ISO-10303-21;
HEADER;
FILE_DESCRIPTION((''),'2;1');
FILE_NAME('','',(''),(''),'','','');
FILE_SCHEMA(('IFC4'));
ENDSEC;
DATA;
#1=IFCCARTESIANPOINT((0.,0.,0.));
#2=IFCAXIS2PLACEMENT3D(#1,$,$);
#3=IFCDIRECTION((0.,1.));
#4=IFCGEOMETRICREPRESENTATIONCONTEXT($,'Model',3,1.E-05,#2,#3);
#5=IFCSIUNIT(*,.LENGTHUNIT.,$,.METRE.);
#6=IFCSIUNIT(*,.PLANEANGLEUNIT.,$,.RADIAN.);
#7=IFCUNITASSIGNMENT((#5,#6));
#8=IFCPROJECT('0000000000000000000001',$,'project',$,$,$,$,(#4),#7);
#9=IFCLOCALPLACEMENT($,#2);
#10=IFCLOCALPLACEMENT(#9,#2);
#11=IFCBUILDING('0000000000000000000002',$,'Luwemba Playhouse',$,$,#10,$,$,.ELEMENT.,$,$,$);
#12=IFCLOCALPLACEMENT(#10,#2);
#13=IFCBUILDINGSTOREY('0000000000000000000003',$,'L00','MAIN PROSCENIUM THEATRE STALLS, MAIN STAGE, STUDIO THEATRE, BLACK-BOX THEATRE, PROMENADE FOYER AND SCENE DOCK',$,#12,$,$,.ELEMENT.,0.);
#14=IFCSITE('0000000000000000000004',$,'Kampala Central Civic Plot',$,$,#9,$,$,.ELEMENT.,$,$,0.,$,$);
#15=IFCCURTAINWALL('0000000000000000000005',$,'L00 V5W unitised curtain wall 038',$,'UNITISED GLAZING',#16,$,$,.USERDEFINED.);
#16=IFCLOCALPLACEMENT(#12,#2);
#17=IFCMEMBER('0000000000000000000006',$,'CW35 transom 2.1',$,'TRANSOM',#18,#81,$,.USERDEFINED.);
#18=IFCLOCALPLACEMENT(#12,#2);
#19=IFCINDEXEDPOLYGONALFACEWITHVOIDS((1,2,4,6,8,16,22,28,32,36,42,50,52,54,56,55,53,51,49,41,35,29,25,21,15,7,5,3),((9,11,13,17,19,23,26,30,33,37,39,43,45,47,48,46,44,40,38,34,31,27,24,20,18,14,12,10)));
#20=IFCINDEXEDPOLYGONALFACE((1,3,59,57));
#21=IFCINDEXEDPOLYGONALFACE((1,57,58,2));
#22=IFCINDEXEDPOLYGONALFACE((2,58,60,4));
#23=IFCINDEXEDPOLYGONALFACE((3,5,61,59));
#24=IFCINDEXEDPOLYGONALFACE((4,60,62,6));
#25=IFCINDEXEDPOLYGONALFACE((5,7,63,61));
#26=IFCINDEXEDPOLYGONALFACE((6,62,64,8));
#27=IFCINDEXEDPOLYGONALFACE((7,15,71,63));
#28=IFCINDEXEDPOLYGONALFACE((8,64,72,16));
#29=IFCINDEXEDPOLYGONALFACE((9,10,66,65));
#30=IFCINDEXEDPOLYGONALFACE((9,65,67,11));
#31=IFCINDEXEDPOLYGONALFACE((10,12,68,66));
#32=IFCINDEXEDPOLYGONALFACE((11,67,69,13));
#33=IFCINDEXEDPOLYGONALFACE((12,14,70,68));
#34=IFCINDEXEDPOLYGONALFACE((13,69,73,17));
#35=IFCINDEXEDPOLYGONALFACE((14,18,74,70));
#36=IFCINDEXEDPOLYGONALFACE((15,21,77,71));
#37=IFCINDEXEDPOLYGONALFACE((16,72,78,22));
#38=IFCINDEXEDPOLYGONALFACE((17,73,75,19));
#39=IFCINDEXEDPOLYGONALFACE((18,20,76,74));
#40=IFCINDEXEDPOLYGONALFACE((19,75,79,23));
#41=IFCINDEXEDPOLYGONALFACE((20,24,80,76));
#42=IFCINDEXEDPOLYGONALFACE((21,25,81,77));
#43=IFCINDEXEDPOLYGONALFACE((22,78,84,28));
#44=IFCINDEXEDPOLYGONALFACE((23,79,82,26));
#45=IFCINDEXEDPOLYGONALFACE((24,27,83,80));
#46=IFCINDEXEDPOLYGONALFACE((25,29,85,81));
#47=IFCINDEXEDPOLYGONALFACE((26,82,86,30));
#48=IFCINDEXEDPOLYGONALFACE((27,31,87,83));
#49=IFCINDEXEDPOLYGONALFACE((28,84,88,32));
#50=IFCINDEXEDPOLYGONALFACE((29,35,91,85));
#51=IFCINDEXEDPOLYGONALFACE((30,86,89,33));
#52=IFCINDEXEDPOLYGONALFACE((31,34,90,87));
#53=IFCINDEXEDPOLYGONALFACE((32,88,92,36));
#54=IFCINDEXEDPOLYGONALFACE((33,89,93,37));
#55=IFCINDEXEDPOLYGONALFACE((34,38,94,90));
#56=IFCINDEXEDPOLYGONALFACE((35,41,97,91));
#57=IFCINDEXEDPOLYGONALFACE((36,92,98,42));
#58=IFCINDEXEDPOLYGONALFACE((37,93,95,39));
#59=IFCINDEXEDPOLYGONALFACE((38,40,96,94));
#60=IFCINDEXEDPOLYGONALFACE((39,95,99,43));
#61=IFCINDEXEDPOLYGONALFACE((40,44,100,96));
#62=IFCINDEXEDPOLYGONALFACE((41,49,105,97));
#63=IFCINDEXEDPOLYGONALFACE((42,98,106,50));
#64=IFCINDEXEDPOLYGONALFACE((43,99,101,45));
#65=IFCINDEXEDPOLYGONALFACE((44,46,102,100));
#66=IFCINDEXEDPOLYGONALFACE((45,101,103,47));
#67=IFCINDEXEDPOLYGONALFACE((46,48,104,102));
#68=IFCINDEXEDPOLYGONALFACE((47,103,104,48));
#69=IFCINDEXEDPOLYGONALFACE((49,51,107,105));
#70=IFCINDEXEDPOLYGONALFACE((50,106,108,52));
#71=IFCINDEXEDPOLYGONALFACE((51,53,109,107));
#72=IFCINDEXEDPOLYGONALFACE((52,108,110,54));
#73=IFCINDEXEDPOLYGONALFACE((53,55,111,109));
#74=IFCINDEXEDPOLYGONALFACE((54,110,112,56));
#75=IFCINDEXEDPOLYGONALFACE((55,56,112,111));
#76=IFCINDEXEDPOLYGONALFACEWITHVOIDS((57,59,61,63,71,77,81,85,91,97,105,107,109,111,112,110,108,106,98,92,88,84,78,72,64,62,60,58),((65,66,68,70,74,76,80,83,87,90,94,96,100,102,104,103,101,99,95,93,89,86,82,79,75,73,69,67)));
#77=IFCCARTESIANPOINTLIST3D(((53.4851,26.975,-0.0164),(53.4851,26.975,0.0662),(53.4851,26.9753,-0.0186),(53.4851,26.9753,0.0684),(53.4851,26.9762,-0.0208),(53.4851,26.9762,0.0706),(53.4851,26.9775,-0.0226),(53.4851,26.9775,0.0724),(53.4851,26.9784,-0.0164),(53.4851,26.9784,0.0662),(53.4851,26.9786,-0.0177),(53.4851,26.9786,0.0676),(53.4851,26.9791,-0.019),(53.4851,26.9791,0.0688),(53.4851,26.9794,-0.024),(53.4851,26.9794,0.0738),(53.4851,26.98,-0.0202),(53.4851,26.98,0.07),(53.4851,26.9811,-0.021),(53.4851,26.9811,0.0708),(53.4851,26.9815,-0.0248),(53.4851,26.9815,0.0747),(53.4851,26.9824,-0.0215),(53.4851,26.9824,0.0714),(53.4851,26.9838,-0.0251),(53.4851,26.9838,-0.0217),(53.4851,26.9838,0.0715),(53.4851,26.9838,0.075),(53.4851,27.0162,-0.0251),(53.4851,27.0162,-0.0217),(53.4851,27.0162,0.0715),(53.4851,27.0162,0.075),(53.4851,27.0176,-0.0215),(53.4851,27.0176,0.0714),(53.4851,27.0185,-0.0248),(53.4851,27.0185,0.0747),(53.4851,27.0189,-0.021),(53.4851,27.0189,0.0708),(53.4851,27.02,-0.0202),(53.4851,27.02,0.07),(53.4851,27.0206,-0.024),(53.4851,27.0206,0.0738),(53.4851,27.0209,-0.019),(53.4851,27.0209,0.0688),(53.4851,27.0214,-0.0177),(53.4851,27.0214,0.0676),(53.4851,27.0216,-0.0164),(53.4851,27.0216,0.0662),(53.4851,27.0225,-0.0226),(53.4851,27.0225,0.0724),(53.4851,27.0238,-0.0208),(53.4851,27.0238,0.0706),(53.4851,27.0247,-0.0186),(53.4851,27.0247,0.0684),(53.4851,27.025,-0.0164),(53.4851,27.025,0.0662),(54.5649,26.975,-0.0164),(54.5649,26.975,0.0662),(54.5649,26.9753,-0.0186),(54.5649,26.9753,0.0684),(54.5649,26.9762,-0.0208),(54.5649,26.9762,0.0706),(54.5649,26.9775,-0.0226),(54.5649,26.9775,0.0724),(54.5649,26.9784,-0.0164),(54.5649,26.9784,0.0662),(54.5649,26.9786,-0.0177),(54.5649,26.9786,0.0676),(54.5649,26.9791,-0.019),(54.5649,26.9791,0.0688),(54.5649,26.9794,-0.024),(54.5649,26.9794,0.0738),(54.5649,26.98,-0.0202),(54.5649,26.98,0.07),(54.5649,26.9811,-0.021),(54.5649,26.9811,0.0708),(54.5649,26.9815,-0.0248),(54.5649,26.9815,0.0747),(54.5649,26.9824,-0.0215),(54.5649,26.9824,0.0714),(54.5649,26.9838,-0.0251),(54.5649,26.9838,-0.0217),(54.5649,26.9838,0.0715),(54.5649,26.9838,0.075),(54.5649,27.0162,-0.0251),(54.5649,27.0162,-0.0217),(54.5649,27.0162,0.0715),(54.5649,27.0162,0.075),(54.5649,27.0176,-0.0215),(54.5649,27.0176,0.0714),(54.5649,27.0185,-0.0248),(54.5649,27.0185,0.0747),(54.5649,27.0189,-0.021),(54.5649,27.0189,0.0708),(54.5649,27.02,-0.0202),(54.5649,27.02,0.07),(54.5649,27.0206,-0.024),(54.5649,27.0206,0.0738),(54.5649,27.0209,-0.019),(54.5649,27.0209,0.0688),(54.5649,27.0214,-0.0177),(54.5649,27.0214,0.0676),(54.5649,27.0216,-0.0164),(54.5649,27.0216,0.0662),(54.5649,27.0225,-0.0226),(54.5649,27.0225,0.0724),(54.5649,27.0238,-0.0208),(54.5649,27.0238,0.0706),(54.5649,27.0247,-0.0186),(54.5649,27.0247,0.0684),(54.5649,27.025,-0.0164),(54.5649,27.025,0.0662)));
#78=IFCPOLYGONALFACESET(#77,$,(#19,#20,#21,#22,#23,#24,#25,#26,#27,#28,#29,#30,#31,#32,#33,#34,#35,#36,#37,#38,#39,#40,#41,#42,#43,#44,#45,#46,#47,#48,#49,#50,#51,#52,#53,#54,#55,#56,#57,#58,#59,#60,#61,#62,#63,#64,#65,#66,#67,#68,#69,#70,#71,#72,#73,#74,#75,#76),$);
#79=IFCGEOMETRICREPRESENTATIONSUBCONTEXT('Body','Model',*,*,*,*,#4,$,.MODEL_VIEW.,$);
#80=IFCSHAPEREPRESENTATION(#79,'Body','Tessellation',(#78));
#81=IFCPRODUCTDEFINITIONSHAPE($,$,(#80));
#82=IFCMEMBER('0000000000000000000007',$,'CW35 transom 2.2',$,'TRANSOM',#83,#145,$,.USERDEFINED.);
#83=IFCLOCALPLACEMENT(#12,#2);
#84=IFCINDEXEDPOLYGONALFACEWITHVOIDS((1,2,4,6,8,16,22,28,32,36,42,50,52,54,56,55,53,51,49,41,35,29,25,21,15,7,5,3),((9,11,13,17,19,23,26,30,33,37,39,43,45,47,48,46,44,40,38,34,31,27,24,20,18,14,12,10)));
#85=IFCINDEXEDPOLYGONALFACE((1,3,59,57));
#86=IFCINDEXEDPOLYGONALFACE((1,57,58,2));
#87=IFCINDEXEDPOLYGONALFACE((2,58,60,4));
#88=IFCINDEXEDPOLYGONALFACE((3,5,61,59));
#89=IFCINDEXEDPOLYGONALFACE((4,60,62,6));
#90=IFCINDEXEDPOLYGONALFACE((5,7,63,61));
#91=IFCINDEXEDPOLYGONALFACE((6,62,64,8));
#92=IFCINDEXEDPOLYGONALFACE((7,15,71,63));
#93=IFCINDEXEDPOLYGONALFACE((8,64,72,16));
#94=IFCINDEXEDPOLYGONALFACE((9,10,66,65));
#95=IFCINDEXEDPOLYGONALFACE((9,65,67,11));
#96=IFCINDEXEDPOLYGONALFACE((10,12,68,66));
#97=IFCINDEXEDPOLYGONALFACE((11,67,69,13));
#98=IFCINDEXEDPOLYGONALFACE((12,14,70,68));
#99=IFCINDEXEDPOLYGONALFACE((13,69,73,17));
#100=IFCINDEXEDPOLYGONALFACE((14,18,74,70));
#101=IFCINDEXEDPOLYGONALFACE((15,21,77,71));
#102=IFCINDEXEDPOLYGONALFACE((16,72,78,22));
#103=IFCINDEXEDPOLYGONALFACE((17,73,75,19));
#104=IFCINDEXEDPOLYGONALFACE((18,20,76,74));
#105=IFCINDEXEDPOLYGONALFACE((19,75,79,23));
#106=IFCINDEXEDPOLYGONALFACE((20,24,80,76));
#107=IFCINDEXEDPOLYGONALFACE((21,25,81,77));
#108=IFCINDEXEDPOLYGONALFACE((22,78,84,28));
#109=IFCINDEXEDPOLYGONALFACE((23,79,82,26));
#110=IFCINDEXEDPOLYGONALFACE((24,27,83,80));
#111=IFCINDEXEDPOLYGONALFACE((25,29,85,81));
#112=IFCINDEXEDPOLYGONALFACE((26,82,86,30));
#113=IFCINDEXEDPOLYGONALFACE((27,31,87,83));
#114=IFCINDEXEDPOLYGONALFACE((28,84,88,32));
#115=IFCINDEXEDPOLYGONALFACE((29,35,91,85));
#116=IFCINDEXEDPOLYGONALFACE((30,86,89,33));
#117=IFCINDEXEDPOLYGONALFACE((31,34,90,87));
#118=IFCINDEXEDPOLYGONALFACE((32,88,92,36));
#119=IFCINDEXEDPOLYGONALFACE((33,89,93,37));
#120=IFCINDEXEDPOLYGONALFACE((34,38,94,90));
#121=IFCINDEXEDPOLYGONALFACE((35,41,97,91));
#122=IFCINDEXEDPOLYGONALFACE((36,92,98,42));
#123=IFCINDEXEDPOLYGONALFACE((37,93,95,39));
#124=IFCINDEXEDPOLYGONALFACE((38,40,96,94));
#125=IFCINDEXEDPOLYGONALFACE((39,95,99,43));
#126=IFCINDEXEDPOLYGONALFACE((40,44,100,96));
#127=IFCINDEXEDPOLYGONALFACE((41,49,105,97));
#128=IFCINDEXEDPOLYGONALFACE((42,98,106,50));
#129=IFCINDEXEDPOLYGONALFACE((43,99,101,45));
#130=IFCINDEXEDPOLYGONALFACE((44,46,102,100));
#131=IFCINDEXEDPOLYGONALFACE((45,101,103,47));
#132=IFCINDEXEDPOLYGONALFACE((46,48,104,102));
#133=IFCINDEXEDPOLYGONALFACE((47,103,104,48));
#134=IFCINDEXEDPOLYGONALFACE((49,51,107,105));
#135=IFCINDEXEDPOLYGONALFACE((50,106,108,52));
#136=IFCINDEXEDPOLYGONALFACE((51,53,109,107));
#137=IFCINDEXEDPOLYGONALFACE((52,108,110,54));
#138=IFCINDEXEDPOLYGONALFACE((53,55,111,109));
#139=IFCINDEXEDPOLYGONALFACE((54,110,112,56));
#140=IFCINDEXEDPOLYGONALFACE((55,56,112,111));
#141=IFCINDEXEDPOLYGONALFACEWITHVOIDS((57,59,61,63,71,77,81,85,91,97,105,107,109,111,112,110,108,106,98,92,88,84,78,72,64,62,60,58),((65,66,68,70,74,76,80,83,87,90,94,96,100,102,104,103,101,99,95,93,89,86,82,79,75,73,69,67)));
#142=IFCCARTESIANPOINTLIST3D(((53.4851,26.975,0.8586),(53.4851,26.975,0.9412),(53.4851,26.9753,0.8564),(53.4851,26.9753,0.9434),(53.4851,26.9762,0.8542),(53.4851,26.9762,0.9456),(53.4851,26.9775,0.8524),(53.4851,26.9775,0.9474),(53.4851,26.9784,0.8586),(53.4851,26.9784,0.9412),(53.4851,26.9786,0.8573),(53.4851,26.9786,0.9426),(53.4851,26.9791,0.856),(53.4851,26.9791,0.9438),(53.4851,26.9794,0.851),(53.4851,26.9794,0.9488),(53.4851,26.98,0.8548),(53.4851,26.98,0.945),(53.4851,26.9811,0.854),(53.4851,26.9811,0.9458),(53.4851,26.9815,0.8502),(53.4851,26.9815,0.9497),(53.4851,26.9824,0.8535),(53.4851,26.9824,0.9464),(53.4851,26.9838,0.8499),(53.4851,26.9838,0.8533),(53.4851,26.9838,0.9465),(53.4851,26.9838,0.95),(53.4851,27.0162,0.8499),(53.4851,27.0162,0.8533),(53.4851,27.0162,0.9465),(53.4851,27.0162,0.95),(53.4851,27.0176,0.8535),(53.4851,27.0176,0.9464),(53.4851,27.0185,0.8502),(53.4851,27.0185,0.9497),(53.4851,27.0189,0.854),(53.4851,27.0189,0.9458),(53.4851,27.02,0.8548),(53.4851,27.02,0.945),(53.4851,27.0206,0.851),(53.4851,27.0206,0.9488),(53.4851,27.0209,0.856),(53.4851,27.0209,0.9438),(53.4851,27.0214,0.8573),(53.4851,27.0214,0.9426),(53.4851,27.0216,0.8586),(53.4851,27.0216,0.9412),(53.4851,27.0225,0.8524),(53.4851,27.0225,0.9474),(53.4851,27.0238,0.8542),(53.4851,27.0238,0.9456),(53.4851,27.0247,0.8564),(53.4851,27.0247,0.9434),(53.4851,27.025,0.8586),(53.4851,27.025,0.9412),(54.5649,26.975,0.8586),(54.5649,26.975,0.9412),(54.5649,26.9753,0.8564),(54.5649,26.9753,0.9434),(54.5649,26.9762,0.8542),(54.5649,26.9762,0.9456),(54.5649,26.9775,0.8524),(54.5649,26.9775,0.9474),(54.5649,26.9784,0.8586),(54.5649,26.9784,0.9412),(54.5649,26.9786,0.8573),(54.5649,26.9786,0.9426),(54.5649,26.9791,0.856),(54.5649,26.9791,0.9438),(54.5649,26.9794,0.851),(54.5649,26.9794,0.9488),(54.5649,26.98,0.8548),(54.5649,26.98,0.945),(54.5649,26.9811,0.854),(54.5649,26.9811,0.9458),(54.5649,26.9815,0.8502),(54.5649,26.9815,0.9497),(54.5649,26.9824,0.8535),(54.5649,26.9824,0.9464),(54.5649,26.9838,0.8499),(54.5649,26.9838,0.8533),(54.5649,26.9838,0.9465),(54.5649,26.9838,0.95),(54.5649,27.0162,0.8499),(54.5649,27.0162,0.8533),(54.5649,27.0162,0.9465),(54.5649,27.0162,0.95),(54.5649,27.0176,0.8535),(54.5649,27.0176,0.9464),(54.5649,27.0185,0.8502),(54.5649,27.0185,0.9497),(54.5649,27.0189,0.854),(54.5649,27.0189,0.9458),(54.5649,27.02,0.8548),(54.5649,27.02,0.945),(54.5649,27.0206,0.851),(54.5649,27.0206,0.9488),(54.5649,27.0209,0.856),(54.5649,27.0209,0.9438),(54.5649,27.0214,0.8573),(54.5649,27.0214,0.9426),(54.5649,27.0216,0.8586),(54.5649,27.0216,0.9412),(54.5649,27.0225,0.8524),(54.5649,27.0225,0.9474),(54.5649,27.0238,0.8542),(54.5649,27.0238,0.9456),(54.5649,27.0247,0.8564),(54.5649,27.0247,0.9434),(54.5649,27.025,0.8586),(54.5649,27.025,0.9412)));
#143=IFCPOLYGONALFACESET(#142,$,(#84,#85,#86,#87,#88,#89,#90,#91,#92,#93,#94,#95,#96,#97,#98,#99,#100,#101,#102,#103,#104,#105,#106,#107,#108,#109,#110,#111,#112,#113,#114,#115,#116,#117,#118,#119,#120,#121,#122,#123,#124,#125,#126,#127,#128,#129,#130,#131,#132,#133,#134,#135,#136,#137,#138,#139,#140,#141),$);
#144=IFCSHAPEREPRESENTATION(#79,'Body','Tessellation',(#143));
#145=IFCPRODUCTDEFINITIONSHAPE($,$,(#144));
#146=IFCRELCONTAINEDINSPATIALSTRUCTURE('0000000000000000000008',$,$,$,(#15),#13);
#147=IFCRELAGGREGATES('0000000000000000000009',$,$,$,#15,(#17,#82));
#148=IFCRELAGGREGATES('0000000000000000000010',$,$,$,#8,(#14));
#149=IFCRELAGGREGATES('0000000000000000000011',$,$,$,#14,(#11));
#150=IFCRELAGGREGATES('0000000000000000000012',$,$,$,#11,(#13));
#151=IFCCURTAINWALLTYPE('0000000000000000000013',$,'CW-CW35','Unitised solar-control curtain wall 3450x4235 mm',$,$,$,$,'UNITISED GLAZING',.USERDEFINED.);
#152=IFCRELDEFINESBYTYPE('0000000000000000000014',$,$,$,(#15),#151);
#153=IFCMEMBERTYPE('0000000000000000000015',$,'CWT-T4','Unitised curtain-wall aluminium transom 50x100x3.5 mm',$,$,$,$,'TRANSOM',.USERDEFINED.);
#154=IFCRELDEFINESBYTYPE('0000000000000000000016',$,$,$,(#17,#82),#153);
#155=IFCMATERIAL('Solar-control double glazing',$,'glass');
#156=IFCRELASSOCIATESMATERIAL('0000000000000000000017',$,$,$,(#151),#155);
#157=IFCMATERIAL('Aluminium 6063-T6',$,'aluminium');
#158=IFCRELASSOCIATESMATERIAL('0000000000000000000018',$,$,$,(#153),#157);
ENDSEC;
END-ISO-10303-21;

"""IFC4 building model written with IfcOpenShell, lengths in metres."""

from ifc_helpers import new_model, si_unit, direction, frame, origin, origin_2d, place, context, subcontext, project, spatial, hollow_rectangle, extrude, material, material_profile, profile_set, type_object, element, aggregate, save


model = new_model("IFC4")

# Units and contexts
model_context = context("Model", 3, precision=1e-05, world=origin(), true_north=direction((0.0, 1.0)))
body_context = subcontext(model_context, "Body", "Model", "MODEL_VIEW")
ifc_project = project(units=[si_unit("LENGTHUNIT", "METRE"), si_unit("PLANEANGLEUNIT", "RADIAN")], contexts=[model_context])

# Site, building, storey
site_placement = place(None, origin())
site = spatial("IfcSite", under=ifc_project, at=site_placement, Name="Kampala Central Civic Plot", CompositionType="ELEMENT", RefElevation=0.0)
building_placement = place(site_placement, origin())
building = spatial("IfcBuilding", under=site, at=building_placement, Name="Luwemba Playhouse", CompositionType="ELEMENT")
storey_placement = place(building_placement, origin())
storey = spatial("IfcBuildingStorey", under=building, at=storey_placement, Name="L00", Description="MAIN PROSCENIUM THEATRE STALLS, MAIN STAGE, STUDIO THEATRE, BLACK-BOX THEATRE, PROMENADE FOYER AND SCENE DOCK", CompositionType="ELEMENT", Elevation=0.0)

# Shared definitions
ifc_material_1 = material(Name="Solar-control double glazing", Category="glass")
ifc_material_2 = material(Name="Aluminium 6063-T6", Category="aluminium")

# Curtain wall
curtain_wall_type_1 = type_object("IfcCurtainWallType", Name="CW-CW35", Description="Unitised solar-control curtain wall 3450x4235 mm", ElementType="UNITISED GLAZING", PredefinedType="USERDEFINED", material=ifc_material_1)
curtain_wall_1_placement = place(storey_placement, origin())
curtain_wall_1 = element("IfcCurtainWall", 1, at=curtain_wall_1_placement, inside=storey, type_object=curtain_wall_type_1, Name="L00 V5W unitised curtain wall 038", ObjectType="UNITISED GLAZING", PredefinedType="USERDEFINED")

# Members
ifc_material_profile_1 = material_profile(ifc_material_2, hollow_rectangle(XDim=0.05, YDim=0.1001, WallThickness=0.0034, InnerFilletRadius=0.0054, OuterFilletRadius=0.0088, at=origin_2d()))
ifc_profile_set_1 = profile_set([ifc_material_profile_1], Name="Aluminium 6063-T6")
member_type_1 = type_object("IfcMemberType", Name="CWT-T4", Description="Unitised curtain-wall aluminium transom 50x100x3.5 mm", ElementType="TRANSOM", PredefinedType="USERDEFINED", material=ifc_profile_set_1)
member_1_placement = place(storey_placement, frame((53.4851, 27.0, 0.0249), z_axis=(1.0, 0.0, 0.0), x_axis=(0.0, 1.0, 0.0)))
member_1 = element("IfcMember", 2, at=member_1_placement, type_object=member_type_1, Name="CW35 transom 2.1", ObjectType="TRANSOM", PredefinedType="USERDEFINED", context=body_context, shape_type="SweptSolid", body=[
    extrude(hollow_rectangle(XDim=0.05, YDim=0.1001, WallThickness=0.0034, InnerFilletRadius=0.0054, OuterFilletRadius=0.0088, at=origin_2d()), origin(), (0.0, 0.0, 1.0), 1.0798),
])
member_2_placement = place(storey_placement, frame((53.4851, 27.0, 0.8999), z_axis=(1.0, 0.0, 0.0), x_axis=(0.0, 1.0, 0.0)))
member_2 = element("IfcMember", 3, at=member_2_placement, type_object=member_type_1, Name="CW35 transom 2.2", ObjectType="TRANSOM", PredefinedType="USERDEFINED", context=body_context, shape_type="SweptSolid", body=[
    extrude(hollow_rectangle(XDim=0.05, YDim=0.1001, WallThickness=0.0034, InnerFilletRadius=0.0054, OuterFilletRadius=0.0088, at=origin_2d()), origin(), (0.0, 0.0, 1.0), 1.0798),
])

aggregate(curtain_wall_1, [member_1, member_2])

save(model, "model.ifc")
